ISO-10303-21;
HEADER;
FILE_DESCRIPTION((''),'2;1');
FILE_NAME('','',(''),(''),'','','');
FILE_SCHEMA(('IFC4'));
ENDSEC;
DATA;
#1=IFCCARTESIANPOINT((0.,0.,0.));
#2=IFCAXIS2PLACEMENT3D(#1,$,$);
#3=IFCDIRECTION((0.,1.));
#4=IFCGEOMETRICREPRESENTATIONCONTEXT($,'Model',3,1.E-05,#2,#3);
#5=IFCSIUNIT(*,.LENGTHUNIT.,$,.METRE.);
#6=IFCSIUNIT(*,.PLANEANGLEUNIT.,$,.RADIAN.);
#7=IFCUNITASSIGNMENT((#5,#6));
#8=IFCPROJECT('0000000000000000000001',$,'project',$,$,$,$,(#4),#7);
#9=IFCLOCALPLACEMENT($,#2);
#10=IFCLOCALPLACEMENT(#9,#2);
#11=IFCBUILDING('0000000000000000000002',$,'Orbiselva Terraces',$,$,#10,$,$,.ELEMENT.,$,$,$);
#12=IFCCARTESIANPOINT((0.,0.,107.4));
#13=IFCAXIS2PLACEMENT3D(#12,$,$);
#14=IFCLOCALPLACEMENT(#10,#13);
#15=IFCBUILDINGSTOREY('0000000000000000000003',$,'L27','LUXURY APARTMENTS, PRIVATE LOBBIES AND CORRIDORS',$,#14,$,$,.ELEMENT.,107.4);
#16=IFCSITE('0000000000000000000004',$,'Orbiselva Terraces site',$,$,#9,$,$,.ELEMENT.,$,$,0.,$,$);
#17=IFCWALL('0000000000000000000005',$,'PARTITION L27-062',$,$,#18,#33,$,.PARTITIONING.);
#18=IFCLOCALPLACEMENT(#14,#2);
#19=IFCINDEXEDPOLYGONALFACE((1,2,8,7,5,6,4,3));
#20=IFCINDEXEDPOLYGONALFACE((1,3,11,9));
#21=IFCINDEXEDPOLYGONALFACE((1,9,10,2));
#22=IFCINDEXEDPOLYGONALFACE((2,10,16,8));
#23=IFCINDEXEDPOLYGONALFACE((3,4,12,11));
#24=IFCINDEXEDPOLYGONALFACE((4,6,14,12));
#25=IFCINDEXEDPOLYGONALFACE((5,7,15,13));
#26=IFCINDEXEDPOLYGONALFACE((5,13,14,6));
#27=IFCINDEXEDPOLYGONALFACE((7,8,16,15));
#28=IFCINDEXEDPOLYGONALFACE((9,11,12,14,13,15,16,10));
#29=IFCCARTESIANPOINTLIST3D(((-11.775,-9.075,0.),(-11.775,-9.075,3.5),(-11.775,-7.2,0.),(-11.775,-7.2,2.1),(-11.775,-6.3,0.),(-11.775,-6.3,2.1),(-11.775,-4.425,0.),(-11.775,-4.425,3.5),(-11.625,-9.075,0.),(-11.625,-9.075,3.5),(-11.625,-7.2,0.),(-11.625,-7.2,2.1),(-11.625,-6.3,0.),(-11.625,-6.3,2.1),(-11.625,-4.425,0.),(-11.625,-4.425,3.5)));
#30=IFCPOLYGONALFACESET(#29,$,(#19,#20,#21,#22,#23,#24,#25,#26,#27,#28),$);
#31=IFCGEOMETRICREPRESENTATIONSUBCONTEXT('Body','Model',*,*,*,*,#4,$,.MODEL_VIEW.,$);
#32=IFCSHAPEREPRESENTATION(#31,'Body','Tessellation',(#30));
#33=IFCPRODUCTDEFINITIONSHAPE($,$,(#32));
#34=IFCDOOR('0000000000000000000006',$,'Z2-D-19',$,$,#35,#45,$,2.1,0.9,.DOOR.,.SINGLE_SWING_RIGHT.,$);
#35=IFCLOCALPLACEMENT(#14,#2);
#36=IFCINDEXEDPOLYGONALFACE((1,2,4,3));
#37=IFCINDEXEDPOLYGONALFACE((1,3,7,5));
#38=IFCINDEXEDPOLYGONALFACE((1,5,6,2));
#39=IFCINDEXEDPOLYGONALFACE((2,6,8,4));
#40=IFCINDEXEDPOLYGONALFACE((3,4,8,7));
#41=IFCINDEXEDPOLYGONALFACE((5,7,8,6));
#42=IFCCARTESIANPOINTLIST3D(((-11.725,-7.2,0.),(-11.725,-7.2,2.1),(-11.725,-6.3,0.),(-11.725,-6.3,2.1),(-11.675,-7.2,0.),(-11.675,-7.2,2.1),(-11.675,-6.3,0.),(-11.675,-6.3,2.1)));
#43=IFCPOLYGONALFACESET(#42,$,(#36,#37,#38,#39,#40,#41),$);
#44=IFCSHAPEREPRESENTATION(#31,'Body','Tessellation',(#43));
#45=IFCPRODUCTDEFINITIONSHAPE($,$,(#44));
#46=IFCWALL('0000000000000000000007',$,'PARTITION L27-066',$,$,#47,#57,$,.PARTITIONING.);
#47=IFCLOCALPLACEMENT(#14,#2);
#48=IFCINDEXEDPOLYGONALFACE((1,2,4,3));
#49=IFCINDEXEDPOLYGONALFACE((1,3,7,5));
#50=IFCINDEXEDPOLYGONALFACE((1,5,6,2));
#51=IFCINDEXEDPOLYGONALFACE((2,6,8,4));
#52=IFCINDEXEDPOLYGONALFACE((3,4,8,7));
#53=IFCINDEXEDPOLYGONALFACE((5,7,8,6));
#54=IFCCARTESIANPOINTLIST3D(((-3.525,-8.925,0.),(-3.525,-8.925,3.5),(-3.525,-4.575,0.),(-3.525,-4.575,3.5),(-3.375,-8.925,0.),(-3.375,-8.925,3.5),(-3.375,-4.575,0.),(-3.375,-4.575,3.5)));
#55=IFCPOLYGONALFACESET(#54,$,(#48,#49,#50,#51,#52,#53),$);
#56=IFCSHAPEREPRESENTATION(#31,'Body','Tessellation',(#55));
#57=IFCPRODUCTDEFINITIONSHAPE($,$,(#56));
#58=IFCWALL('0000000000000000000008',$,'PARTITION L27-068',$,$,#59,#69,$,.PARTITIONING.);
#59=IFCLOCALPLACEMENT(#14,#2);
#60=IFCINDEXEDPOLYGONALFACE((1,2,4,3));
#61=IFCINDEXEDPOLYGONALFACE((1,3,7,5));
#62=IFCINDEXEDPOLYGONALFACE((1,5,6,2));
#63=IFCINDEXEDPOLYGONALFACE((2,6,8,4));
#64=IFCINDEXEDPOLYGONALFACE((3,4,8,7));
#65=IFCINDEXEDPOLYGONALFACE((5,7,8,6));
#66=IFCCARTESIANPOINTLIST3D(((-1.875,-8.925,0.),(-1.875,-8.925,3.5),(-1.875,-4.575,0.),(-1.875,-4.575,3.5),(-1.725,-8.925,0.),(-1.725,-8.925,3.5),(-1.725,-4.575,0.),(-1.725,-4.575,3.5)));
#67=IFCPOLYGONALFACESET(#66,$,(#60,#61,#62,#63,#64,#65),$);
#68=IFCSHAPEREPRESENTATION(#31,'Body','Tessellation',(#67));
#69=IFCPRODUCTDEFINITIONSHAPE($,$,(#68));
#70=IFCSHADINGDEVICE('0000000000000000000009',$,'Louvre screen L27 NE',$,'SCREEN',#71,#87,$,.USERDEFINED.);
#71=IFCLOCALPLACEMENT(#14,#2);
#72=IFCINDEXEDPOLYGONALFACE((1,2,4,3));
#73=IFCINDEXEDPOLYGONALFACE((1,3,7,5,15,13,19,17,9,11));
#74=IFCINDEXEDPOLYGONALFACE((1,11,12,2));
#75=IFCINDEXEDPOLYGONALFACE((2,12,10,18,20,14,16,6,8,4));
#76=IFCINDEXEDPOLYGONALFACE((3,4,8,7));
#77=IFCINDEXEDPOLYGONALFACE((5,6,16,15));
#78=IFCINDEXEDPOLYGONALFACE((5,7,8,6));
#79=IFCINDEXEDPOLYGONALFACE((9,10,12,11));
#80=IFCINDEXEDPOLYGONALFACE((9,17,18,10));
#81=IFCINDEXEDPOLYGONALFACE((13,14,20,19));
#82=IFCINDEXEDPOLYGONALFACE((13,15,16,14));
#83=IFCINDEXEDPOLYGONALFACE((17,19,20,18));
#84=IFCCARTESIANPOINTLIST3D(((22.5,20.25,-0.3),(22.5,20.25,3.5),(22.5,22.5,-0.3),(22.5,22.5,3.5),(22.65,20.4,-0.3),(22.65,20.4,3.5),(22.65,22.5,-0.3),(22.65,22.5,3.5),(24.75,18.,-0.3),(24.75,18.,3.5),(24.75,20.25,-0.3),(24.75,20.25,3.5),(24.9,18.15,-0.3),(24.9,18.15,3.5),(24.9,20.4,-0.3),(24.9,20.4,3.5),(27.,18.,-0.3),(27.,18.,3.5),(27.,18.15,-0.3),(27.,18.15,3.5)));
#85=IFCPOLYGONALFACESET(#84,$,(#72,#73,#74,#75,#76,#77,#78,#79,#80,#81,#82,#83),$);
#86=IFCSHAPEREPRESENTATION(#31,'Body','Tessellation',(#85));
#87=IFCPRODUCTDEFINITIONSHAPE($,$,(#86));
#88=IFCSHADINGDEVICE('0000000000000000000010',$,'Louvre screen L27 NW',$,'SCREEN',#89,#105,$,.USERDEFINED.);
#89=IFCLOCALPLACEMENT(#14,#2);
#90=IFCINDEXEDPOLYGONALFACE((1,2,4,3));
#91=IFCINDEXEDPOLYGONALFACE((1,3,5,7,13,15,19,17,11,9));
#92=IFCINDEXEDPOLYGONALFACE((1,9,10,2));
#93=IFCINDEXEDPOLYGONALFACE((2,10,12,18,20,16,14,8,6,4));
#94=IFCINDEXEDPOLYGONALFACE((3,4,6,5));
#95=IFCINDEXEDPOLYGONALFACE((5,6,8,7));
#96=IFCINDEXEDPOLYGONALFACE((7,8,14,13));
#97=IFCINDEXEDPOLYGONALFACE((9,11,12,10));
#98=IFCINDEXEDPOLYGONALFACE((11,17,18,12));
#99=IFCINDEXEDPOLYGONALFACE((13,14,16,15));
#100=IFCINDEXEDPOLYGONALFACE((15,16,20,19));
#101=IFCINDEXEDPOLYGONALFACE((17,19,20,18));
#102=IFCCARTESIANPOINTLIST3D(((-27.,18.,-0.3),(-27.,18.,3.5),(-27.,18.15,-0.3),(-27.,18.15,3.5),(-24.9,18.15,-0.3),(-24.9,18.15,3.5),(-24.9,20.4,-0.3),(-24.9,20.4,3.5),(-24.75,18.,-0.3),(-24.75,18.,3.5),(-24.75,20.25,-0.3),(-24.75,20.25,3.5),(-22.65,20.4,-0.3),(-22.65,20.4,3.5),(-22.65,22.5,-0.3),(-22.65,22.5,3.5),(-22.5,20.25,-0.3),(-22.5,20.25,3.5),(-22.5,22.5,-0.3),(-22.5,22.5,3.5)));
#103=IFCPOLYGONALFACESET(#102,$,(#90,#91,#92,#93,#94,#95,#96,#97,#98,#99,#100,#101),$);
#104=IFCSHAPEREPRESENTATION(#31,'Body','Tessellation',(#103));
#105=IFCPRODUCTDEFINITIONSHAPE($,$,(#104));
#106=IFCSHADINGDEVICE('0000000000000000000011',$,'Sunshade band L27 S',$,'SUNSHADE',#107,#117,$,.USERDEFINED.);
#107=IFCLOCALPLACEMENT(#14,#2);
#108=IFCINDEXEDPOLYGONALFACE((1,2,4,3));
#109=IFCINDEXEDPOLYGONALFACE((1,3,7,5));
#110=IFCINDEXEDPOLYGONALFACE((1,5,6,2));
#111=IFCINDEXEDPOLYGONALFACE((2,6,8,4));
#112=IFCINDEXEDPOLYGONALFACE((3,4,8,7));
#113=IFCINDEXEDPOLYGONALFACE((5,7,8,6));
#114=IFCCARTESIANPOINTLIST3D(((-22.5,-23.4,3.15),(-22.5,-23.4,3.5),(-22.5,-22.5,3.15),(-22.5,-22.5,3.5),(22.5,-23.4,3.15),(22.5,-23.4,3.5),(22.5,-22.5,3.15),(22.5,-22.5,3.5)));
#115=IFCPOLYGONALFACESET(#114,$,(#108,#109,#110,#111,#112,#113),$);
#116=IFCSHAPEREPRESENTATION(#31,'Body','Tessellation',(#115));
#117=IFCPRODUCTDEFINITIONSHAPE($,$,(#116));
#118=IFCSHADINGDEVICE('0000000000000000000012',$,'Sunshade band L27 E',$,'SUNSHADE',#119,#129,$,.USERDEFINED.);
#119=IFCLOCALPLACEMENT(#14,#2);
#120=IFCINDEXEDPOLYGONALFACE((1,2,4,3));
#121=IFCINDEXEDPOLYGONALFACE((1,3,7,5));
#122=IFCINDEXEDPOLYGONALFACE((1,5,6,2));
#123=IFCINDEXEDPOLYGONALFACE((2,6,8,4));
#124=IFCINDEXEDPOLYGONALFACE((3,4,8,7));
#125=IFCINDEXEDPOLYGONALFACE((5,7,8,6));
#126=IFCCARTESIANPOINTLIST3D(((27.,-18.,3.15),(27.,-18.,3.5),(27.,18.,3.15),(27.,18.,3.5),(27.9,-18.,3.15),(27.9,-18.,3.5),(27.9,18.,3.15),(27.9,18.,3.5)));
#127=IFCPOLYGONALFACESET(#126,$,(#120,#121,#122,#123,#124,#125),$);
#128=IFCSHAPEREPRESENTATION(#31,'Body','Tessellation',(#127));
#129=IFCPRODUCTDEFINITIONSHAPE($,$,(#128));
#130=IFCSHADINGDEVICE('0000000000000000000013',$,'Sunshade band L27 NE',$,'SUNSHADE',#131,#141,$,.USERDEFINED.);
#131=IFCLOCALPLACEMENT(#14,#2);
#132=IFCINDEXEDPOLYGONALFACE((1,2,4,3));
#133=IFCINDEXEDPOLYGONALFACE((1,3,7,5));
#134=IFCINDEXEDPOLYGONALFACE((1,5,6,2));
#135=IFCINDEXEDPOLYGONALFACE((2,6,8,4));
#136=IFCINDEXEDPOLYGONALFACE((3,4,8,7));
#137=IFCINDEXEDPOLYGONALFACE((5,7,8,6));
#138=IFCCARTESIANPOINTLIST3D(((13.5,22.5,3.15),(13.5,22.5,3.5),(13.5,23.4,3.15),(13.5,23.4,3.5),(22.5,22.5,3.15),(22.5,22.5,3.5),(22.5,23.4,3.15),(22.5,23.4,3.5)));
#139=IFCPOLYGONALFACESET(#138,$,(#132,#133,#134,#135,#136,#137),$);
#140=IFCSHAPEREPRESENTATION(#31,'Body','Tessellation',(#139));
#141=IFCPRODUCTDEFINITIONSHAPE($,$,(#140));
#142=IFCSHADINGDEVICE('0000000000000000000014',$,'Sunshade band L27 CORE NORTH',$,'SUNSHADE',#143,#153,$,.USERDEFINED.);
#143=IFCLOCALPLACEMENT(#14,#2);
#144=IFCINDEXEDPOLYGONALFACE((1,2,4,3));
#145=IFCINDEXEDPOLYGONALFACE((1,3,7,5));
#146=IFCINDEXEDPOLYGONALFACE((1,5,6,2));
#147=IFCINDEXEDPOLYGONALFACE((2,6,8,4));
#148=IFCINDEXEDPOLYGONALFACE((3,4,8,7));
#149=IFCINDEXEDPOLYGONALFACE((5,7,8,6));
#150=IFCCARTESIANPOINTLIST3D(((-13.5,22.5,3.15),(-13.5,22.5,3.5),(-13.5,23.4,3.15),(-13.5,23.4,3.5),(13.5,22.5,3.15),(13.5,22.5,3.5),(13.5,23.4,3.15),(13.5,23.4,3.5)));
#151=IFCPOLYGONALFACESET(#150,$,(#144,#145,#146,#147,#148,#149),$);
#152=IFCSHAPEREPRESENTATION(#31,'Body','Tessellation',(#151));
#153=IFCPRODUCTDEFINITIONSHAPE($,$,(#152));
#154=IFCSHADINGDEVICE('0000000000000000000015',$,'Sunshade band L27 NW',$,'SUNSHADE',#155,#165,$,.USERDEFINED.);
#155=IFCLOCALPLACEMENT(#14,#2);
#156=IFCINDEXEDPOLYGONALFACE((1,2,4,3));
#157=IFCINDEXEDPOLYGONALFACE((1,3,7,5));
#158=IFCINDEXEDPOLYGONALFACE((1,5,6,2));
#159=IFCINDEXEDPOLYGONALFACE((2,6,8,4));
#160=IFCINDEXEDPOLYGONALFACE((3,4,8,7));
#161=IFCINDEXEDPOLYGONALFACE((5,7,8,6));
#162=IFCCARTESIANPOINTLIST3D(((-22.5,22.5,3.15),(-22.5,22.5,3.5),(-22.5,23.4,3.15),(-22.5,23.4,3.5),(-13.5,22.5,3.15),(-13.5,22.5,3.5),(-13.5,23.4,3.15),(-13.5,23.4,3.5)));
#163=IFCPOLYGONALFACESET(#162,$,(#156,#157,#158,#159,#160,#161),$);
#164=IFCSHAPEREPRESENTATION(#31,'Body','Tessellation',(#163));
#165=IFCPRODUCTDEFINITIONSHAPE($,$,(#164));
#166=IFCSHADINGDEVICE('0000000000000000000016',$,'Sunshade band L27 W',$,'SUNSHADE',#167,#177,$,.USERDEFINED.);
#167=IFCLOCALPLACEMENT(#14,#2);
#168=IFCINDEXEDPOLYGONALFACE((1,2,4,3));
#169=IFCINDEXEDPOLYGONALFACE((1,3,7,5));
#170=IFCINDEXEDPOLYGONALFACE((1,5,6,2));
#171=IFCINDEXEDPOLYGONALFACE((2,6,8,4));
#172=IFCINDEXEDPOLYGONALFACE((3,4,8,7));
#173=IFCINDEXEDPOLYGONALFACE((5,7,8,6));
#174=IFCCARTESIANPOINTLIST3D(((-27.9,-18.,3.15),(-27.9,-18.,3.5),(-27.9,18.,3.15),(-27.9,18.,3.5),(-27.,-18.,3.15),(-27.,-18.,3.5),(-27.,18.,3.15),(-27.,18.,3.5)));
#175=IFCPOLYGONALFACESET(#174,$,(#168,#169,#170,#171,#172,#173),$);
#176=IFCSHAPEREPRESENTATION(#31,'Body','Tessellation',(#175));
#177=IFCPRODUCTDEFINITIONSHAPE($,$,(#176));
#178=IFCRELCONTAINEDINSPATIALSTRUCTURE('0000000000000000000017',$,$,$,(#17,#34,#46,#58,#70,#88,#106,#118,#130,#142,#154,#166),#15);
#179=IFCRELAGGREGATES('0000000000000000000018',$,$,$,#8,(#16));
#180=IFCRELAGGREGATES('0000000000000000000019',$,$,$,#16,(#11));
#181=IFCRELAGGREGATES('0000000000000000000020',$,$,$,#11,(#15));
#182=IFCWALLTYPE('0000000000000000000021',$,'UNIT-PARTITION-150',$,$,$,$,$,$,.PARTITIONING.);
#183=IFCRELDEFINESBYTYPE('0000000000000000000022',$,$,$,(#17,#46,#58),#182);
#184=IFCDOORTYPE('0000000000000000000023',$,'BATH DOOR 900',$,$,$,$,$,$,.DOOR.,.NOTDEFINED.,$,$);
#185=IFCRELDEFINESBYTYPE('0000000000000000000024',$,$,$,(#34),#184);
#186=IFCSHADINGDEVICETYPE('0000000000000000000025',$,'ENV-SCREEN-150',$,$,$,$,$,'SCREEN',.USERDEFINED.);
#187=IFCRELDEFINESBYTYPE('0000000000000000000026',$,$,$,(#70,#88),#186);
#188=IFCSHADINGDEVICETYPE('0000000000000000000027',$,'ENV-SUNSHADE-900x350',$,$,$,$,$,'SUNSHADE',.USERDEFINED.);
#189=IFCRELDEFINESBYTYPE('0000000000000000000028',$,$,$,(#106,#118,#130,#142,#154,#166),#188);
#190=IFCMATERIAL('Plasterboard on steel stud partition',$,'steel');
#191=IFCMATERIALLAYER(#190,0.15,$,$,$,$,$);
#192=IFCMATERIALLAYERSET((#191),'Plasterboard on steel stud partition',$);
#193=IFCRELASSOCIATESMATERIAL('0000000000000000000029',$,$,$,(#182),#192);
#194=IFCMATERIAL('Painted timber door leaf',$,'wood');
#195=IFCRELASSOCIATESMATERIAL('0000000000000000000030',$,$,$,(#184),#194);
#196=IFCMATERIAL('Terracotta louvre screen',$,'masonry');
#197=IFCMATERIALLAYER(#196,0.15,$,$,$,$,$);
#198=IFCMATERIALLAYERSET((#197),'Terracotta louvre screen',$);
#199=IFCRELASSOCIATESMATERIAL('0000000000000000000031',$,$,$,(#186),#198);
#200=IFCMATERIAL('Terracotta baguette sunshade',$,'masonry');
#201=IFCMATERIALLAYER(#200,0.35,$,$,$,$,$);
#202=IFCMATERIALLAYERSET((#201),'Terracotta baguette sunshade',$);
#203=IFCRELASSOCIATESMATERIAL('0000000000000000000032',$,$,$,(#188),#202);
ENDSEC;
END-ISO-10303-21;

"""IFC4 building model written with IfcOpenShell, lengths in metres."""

from ifc_helpers import new_model, si_unit, direction, frame, frame_2d, origin, place, context, subcontext, project, spatial, polyline, rectangle, outline, extrude, material, layer, layer_set, type_object, element, fill, save


model = new_model("IFC4")

# Units and contexts
model_context = context("Model", 3, precision=1e-05, world=origin(), true_north=direction((0.0, 1.0)))
body_context = subcontext(model_context, "Body", "Model", "MODEL_VIEW")
ifc_project = project(units=[si_unit("LENGTHUNIT", "METRE"), si_unit("PLANEANGLEUNIT", "RADIAN")], contexts=[model_context])

# Site, building, storey
site_placement = place(None, origin())
site = spatial("IfcSite", under=ifc_project, at=site_placement, Name="Orbiselva Terraces site", CompositionType="ELEMENT", RefElevation=0.0)
building_placement = place(site_placement, origin())
building = spatial("IfcBuilding", under=site, at=building_placement, Name="Orbiselva Terraces", CompositionType="ELEMENT")
storey_placement = place(building_placement, frame((0.0, 0.0, 107.4)))
storey = spatial("IfcBuildingStorey", under=building, at=storey_placement, Name="L27", Description="LUXURY APARTMENTS, PRIVATE LOBBIES AND CORRIDORS", CompositionType="ELEMENT", Elevation=107.4)

# Shared definitions
ifc_material_1 = material(Name="Plasterboard on steel stud partition", Category="steel")
ifc_material_2 = material(Name="Painted timber door leaf", Category="wood")
ifc_layer_1 = layer(ifc_material_1, 0.15)
ifc_layer_set_1 = layer_set([ifc_layer_1], Name="Plasterboard on steel stud partition")
wall_type_1 = type_object("IfcWallType", Name="UNIT-PARTITION-150", PredefinedType="PARTITIONING", material=ifc_layer_set_1)

# Wall, opening, door
wall_1_placement = place(storey_placement, frame((-11.7, -4.425, 0.0), z_axis=(0.0, 0.0, 1.0), x_axis=(0.0, -1.0, 0.0)))
wall_1 = element("IfcWall", 1, at=wall_1_placement, inside=storey, type_object=wall_type_1, Name="PARTITION L27-062", PredefinedType="PARTITIONING", context=body_context, shape_type="SweptSolid", body=[
    extrude(rectangle(XDim=4.65, YDim=0.15, at=frame_2d((2.325, 0.0))), origin(), (0.0, 0.0, 1.0), 3.5),
])
opening_1_placement = place(wall_1_placement, frame((1.875, 0.0, 0.0)))
opening_1 = element("IfcOpeningElement", 2, at=opening_1_placement, cuts=wall_1, PredefinedType="OPENING", context=body_context, shape_type="SweptSolid", body=[
    extrude(rectangle(XDim=0.9, YDim=2.1, at=frame_2d((0.45, 1.05))), frame((0.0, 0.085, 0.0), z_axis=(0.0, -1.0, 0.0), x_axis=(1.0, 0.0, 0.0)), (0.0, 0.0, 1.0), 0.17),
])
door_type_1 = type_object("IfcDoorType", Name="BATH DOOR 900", OperationType="NOTDEFINED", PredefinedType="DOOR", material=ifc_material_2)
door_1_placement = place(opening_1_placement, origin())
door_1 = element("IfcDoor", 3, at=door_1_placement, inside=storey, type_object=door_type_1, Name="Z2-D-19", OperationType="SINGLE_SWING_RIGHT", OverallHeight=2.1, OverallWidth=0.9, PredefinedType="DOOR", context=body_context, shape_type="SweptSolid", body=[
    extrude(rectangle(XDim=0.9, YDim=2.1, at=frame_2d((0.45, 1.05))), frame((0.0, 0.025, 0.0), z_axis=(0.0, -1.0, 0.0), x_axis=(1.0, 0.0, 0.0)), (0.0, 0.0, 1.0), 0.05),
])
fill(opening_1, door_1)

# Walls
for number, where, z_axis, x_axis, name in (
    (4, (-3.45, -8.925, 0.0), (0.0, 0.0, 1.0), (0.0, 1.0, 0.0), "PARTITION L27-066"),
    (5, (-1.8, -8.925, 0.0), (0.0, 0.0, 1.0), (0.0, 1.0, 0.0), "PARTITION L27-068"),
):
    element("IfcWall", number, at=place(storey_placement, frame(where, z_axis=z_axis, x_axis=x_axis)), inside=storey, type_object=wall_type_1, Name=name, PredefinedType="PARTITIONING", context=body_context, shape_type="SweptSolid", body=[
        extrude(rectangle(XDim=4.35, YDim=0.15, at=frame_2d((2.175, 0.0))), origin(), (0.0, 0.0, 1.0), 3.5),
    ])

# Shading devices
ifc_material_3 = material(Name="Terracotta louvre screen", Category="masonry")
ifc_layer_2 = layer(ifc_material_3, 0.15)
ifc_layer_set_2 = layer_set([ifc_layer_2], Name="Terracotta louvre screen")
shading_device_type_1 = type_object("IfcShadingDeviceType", Name="ENV-SCREEN-150", ElementType="SCREEN", PredefinedType="USERDEFINED", material=ifc_layer_set_2)
shading_device_1_placement = place(storey_placement, frame((0.0, 0.0, -0.3)))
element("IfcShadingDevice", 6, at=shading_device_1_placement, inside=storey, type_object=shading_device_type_1, Name="Louvre screen L27 NE", ObjectType="SCREEN", PredefinedType="USERDEFINED", context=body_context, shape_type="SweptSolid", body=[
    extrude(outline(polyline([(27.0, 18.15), (24.9, 18.15), (24.9, 20.4), (22.65, 20.4), (22.65, 22.5), (22.5, 22.5), (22.5, 20.25), (24.75, 20.25), (24.75, 18.0), (27.0, 18.0), (27.0, 18.15)])), origin(), (0.0, 0.0, 1.0), 3.8),
])
shading_device_2_placement = place(storey_placement, frame((0.0, 0.0, -0.3)))
element("IfcShadingDevice", 7, at=shading_device_2_placement, inside=storey, type_object=shading_device_type_1, Name="Louvre screen L27 NW", ObjectType="SCREEN", PredefinedType="USERDEFINED", context=body_context, shape_type="SweptSolid", body=[
    extrude(outline(polyline([(-22.65, 22.5), (-22.65, 20.4), (-24.9, 20.4), (-24.9, 18.15), (-27.0, 18.15), (-27.0, 18.0), (-24.75, 18.0), (-24.75, 20.25), (-22.5, 20.25), (-22.5, 22.5), (-22.65, 22.5)])), origin(), (0.0, 0.0, 1.0), 3.8),
])
ifc_material_4 = material(Name="Terracotta baguette sunshade", Category="masonry")
ifc_layer_3 = layer(ifc_material_4, 0.35)
ifc_layer_set_3 = layer_set([ifc_layer_3], Name="Terracotta baguette sunshade")
shading_device_type_2 = type_object("IfcShadingDeviceType", Name="ENV-SUNSHADE-900x350", ElementType="SUNSHADE", PredefinedType="USERDEFINED", material=ifc_layer_set_3)
shading_device_3_placement = place(storey_placement, frame((0.0, 0.0, 3.15)))
element("IfcShadingDevice", 8, at=shading_device_3_placement, inside=storey, type_object=shading_device_type_2, Name="Sunshade band L27 S", ObjectType="SUNSHADE", PredefinedType="USERDEFINED", context=body_context, shape_type="SweptSolid", body=[
    extrude(outline(polyline([(-22.5, -23.4), (22.5, -23.4), (22.5, -22.5), (-22.5, -22.5), (-22.5, -23.4)])), origin(), (0.0, 0.0, 1.0), 0.35),
])
shading_device_4_placement = place(storey_placement, frame((0.0, 0.0, 3.15)))
element("IfcShadingDevice", 9, at=shading_device_4_placement, inside=storey, type_object=shading_device_type_2, Name="Sunshade band L27 E", ObjectType="SUNSHADE", PredefinedType="USERDEFINED", context=body_context, shape_type="SweptSolid", body=[
    extrude(outline(polyline([(27.9, -18.0), (27.9, 18.0), (27.0, 18.0), (27.0, -18.0), (27.9, -18.0)])), origin(), (0.0, 0.0, 1.0), 0.35),
])
shading_device_5_placement = place(storey_placement, frame((0.0, 0.0, 3.15)))
element("IfcShadingDevice", 10, at=shading_device_5_placement, inside=storey, type_object=shading_device_type_2, Name="Sunshade band L27 NE", ObjectType="SUNSHADE", PredefinedType="USERDEFINED", context=body_context, shape_type="SweptSolid", body=[
    extrude(outline(polyline([(22.5, 23.4), (13.5, 23.4), (13.5, 22.5), (22.5, 22.5), (22.5, 23.4)])), origin(), (0.0, 0.0, 1.0), 0.35),
])
shading_device_6_placement = place(storey_placement, frame((0.0, 0.0, 3.15)))
element("IfcShadingDevice", 11, at=shading_device_6_placement, inside=storey, type_object=shading_device_type_2, Name="Sunshade band L27 CORE NORTH", ObjectType="SUNSHADE", PredefinedType="USERDEFINED", context=body_context, shape_type="SweptSolid", body=[
    extrude(outline(polyline([(13.5, 23.4), (-13.5, 23.4), (-13.5, 22.5), (13.5, 22.5), (13.5, 23.4)])), origin(), (0.0, 0.0, 1.0), 0.35),
])
shading_device_7_placement = place(storey_placement, frame((0.0, 0.0, 3.15)))
element("IfcShadingDevice", 12, at=shading_device_7_placement, inside=storey, type_object=shading_device_type_2, Name="Sunshade band L27 NW", ObjectType="SUNSHADE", PredefinedType="USERDEFINED", context=body_context, shape_type="SweptSolid", body=[
    extrude(outline(polyline([(-13.5, 23.4), (-22.5, 23.4), (-22.5, 22.5), (-13.5, 22.5), (-13.5, 23.4)])), origin(), (0.0, 0.0, 1.0), 0.35),
])
shading_device_8_placement = place(storey_placement, frame((0.0, 0.0, 3.15)))
element("IfcShadingDevice", 13, at=shading_device_8_placement, inside=storey, type_object=shading_device_type_2, Name="Sunshade band L27 W", ObjectType="SUNSHADE", PredefinedType="USERDEFINED", context=body_context, shape_type="SweptSolid", body=[
    extrude(outline(polyline([(-27.9, 18.0), (-27.9, -18.0), (-27.0, -18.0), (-27.0, 18.0), (-27.9, 18.0)])), origin(), (0.0, 0.0, 1.0), 0.35),
])

save(model, "model.ifc")
